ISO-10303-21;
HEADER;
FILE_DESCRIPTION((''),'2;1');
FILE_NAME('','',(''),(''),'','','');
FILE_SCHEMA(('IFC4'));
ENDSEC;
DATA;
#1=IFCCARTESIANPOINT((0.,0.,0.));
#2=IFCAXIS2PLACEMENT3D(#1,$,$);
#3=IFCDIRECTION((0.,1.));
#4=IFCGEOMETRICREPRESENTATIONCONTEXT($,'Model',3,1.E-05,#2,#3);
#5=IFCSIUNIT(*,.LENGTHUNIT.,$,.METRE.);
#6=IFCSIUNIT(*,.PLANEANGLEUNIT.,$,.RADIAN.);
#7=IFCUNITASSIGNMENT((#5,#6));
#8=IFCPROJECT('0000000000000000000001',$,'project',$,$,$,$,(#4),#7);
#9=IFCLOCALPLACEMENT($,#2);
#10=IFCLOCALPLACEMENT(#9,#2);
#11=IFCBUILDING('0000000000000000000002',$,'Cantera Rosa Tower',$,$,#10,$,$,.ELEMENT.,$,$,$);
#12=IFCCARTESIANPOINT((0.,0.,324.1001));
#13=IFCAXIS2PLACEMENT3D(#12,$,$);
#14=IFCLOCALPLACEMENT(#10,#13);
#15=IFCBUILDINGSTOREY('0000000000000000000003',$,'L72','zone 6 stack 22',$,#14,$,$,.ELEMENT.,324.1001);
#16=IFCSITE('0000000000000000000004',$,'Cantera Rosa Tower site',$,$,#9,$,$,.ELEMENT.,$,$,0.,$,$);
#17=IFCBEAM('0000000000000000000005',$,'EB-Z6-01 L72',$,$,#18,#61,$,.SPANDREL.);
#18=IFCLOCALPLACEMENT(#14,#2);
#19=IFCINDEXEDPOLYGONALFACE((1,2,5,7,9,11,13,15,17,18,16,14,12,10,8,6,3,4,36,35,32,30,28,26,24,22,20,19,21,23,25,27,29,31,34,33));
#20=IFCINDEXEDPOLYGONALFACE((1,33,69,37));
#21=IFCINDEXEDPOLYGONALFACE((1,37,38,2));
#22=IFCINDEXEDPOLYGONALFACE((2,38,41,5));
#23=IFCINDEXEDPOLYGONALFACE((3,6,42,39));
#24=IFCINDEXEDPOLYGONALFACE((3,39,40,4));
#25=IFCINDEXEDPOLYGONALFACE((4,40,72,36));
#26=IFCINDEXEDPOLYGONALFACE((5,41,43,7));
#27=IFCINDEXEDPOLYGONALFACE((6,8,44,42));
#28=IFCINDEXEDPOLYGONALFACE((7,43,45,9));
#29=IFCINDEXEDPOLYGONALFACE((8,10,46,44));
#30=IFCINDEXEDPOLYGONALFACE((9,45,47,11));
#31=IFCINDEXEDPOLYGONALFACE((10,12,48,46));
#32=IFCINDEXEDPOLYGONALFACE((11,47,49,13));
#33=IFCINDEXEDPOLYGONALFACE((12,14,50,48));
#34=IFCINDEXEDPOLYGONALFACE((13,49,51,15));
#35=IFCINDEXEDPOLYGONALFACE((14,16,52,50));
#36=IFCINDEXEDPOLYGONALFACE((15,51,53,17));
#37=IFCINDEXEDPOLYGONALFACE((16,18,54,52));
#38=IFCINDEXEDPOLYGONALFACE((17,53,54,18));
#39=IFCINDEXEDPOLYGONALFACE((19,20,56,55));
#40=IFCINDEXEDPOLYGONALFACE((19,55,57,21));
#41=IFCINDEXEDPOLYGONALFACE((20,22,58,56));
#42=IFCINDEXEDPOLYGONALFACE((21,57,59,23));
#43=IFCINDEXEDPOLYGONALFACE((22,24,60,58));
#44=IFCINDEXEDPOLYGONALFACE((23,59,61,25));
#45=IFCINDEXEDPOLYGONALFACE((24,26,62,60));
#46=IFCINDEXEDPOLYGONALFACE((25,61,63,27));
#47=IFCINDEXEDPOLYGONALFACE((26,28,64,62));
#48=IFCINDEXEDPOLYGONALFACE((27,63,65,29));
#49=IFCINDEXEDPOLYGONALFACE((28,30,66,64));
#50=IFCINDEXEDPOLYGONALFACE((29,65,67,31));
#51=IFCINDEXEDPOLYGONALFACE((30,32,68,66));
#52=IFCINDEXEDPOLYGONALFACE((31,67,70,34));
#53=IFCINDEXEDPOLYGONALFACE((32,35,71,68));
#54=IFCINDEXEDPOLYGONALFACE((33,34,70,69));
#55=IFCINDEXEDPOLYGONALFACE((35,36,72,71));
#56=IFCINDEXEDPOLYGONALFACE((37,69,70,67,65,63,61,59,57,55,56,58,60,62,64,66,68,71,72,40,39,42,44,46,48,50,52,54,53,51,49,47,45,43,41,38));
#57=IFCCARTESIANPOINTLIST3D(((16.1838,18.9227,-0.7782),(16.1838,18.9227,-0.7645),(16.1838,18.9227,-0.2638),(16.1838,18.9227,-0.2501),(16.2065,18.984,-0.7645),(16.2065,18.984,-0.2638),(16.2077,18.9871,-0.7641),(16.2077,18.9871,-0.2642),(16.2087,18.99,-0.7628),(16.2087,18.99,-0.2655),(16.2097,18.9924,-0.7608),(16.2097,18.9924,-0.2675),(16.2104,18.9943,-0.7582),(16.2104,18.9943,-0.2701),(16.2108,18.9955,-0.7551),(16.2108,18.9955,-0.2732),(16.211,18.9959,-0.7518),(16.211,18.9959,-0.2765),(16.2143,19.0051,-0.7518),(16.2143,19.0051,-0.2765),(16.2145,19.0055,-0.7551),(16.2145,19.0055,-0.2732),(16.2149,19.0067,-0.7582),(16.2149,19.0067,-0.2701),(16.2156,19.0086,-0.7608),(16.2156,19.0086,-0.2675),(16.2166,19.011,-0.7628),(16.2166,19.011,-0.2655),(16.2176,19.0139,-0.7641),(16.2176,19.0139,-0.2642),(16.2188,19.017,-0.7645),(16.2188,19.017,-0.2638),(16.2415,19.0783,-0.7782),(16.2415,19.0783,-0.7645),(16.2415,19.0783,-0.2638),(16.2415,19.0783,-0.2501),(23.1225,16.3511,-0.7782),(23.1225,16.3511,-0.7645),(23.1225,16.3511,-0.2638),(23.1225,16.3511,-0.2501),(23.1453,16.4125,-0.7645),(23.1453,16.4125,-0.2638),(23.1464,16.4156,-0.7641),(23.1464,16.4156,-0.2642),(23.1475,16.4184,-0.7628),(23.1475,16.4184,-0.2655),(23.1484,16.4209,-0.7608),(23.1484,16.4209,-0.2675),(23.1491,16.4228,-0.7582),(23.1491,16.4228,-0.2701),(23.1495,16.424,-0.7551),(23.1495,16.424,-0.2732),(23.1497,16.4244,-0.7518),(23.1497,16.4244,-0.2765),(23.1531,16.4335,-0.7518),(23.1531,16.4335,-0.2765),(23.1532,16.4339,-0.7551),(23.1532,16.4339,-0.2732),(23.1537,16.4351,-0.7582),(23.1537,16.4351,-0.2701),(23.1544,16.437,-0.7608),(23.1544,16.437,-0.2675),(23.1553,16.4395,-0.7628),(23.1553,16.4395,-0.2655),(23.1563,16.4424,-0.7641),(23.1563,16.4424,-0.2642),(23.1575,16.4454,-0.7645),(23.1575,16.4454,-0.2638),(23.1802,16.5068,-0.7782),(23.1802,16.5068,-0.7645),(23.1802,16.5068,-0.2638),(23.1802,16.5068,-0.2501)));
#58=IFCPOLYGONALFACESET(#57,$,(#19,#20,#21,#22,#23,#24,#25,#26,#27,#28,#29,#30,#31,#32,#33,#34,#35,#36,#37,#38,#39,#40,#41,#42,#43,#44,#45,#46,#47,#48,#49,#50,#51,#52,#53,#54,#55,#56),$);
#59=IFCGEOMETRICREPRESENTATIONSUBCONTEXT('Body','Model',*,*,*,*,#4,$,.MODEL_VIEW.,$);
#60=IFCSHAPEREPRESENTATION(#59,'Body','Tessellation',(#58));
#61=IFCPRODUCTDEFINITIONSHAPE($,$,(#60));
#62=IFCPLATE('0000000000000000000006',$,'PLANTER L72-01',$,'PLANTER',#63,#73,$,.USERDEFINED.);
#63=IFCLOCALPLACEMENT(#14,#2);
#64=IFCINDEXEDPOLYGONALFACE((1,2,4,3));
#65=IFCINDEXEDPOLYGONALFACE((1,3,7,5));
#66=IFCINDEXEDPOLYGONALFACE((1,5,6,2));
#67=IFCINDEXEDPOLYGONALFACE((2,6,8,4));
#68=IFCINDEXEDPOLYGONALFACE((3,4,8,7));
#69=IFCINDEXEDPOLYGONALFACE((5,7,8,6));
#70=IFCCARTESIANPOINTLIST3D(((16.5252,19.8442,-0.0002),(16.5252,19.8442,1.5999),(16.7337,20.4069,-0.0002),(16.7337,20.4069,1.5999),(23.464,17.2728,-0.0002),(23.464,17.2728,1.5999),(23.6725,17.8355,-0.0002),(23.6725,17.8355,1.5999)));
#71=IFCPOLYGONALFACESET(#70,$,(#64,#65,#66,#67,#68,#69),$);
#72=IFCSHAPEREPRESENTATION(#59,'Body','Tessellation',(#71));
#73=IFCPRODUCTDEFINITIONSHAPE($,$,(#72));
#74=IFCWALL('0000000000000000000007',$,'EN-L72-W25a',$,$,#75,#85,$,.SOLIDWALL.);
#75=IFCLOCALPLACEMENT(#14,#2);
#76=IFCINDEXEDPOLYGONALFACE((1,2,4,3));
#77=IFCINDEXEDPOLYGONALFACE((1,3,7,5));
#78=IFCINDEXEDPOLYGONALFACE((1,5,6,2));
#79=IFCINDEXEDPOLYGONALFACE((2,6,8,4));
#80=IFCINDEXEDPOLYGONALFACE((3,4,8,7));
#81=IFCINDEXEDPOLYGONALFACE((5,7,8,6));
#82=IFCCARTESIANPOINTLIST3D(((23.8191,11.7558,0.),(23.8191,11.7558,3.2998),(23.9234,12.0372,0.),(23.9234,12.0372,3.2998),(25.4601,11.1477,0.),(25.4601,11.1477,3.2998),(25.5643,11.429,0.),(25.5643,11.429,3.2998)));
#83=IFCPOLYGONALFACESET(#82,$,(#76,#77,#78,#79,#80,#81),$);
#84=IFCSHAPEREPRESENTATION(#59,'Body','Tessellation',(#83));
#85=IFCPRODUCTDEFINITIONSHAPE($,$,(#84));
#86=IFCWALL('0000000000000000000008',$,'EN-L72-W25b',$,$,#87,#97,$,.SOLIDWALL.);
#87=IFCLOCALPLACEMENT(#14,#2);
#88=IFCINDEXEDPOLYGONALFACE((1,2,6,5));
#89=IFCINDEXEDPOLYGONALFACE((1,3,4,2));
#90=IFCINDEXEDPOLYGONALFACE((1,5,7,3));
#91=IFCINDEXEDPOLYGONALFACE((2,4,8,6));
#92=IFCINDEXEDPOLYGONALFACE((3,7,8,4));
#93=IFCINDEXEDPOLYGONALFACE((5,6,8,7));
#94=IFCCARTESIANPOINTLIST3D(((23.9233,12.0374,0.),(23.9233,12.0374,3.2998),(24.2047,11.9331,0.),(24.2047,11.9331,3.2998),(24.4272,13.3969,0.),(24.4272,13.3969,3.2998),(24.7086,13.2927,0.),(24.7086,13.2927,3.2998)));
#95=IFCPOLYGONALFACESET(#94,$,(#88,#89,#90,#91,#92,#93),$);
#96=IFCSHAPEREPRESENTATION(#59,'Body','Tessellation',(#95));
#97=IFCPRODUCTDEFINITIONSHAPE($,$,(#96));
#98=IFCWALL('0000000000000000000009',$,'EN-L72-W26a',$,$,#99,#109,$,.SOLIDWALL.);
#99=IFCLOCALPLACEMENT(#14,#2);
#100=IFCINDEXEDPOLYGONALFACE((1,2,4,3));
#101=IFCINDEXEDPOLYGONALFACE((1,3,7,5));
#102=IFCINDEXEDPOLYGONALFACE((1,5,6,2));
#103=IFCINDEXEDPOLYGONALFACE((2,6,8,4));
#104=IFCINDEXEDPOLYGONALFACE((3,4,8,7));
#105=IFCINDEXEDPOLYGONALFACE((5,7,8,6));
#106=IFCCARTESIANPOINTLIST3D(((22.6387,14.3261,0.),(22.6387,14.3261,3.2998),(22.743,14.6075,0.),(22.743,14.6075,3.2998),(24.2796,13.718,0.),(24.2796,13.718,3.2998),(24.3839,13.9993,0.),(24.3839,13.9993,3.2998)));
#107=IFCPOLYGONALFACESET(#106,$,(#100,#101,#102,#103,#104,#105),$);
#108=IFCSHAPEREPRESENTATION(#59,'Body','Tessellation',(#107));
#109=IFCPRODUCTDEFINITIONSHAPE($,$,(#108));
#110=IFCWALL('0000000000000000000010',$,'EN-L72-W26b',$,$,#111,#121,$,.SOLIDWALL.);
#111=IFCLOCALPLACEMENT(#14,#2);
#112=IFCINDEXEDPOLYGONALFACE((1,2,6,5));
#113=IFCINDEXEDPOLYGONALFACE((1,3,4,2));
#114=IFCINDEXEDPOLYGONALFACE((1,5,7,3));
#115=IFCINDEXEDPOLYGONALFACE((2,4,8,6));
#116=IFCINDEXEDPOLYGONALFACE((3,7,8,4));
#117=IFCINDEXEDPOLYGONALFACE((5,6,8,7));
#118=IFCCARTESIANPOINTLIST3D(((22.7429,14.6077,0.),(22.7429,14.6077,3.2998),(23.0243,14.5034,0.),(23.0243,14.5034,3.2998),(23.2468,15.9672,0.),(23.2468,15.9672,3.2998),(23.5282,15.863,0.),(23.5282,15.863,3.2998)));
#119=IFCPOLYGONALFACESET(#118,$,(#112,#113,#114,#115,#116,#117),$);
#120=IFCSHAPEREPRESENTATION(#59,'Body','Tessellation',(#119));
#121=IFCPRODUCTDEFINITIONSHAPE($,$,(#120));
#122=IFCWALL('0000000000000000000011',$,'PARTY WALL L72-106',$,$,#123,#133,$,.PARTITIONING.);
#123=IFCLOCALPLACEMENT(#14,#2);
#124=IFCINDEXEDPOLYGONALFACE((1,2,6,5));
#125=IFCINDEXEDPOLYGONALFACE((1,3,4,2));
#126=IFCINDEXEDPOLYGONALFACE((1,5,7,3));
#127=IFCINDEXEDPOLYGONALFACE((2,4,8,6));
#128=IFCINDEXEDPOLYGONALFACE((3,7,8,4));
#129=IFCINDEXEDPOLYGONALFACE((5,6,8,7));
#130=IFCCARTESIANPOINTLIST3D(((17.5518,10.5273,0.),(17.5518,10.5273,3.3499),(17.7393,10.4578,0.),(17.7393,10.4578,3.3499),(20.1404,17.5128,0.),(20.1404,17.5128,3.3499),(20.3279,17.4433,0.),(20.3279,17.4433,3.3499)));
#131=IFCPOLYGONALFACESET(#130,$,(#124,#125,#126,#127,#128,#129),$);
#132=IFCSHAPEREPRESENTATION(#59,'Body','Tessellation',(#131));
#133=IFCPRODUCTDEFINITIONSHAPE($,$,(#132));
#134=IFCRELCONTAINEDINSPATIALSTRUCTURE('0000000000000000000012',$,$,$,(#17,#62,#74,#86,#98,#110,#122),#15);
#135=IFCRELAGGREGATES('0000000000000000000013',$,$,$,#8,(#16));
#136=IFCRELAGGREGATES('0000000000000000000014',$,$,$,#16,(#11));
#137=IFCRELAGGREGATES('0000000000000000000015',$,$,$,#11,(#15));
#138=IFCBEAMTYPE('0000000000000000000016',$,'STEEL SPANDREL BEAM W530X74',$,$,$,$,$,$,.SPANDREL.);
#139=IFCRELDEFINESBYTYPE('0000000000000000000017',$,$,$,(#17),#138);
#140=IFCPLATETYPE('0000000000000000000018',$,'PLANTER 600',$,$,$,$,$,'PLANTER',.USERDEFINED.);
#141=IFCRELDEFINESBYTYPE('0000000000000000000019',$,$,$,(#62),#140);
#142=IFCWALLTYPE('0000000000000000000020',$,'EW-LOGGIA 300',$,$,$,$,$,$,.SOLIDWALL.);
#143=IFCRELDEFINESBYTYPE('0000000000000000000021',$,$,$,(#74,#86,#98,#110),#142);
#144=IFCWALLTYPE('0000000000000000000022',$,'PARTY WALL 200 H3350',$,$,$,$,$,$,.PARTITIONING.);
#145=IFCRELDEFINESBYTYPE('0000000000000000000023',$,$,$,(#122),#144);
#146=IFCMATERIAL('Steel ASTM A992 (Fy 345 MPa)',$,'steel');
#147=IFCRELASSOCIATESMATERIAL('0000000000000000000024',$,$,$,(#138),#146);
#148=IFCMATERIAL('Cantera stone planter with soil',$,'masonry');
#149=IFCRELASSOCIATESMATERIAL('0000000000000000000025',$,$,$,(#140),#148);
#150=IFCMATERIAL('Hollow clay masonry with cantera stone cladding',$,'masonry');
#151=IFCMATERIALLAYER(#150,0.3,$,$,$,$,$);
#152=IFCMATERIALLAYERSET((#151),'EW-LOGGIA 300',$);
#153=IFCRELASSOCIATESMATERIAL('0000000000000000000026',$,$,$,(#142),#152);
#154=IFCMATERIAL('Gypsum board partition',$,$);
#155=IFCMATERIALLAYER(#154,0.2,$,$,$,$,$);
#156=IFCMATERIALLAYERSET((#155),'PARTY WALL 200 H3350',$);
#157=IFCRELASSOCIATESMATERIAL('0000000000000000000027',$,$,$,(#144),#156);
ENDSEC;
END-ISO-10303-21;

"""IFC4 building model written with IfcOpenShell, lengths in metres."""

from ifc_helpers import new_model, si_unit, direction, frame, frame_2d, origin, origin_2d, place, context, subcontext, project, spatial, rectangle, i_section, extrude, material, layer, layer_set, material_profile, profile_set, type_object, element, save


model = new_model("IFC4")

# Units and contexts
model_context = context("Model", 3, precision=1e-05, world=origin(), true_north=direction((0.0, 1.0)))
body_context = subcontext(model_context, "Body", "Model", "MODEL_VIEW")
ifc_project = project(units=[si_unit("LENGTHUNIT", "METRE"), si_unit("PLANEANGLEUNIT", "RADIAN")], contexts=[model_context])

# Site, building, storey
site_placement = place(None, origin())
site = spatial("IfcSite", under=ifc_project, at=site_placement, Name="Cantera Rosa Tower site", CompositionType="ELEMENT", RefElevation=0.0)
building_placement = place(site_placement, origin())
building = spatial("IfcBuilding", under=site, at=building_placement, Name="Cantera Rosa Tower", CompositionType="ELEMENT")
storey_placement = place(building_placement, frame((0.0, 0.0, 324.1001)))
storey = spatial("IfcBuildingStorey", under=building, at=storey_placement, Name="L72", Description="zone 6 stack 22", CompositionType="ELEMENT", Elevation=324.1001)

# Beam
ifc_material_1 = material(Name="Steel ASTM A992 (Fy 345 MPa)", Category="steel")
ifc_material_profile_1 = material_profile(ifc_material_1, i_section(OverallWidth=0.166, OverallDepth=0.5281, WebThickness=0.0098, FlangeThickness=0.0137, FilletRadius=0.0127, at=origin_2d()), Name="W530X74")
ifc_profile_set_1 = profile_set([ifc_material_profile_1], Name="Steel ASTM A992 (Fy 345 MPa)")
beam_type_1 = type_object("IfcBeamType", Name="STEEL SPANDREL BEAM W530X74", PredefinedType="SPANDREL", material=ifc_profile_set_1)
beam_1_placement = place(storey_placement, frame((23.1514, 16.429, -0.5142), z_axis=(-0.937677, 0.347509, 0.0), x_axis=(-0.347509, -0.937677, 0.0)))
element("IfcBeam", 1, at=beam_1_placement, inside=storey, type_object=beam_type_1, Name="EB-Z6-01 L72", PredefinedType="SPANDREL", context=body_context, shape_type="SweptSolid", body=[
    extrude(i_section(OverallWidth=0.166, OverallDepth=0.5281, WebThickness=0.0098, FlangeThickness=0.0137, FilletRadius=0.0127, at=origin_2d()), origin(), (0.0, 0.0, 1.0), 7.3999),
])

# Plate
ifc_material_2 = material(Name="Cantera stone planter with soil", Category="masonry")
plate_type = type_object("IfcPlateType", Name="PLANTER 600", ElementType="PLANTER", PredefinedType="USERDEFINED", material=ifc_material_2)
plate_placement = place(storey_placement, frame((20.0989, 18.8398, -0.0002), z_axis=(0.0, 0.0, 1.0), x_axis=(-0.937687, 0.347481, 0.0)))
element("IfcPlate", 2, at=plate_placement, inside=storey, type_object=plate_type, Name="PLANTER L72-01", ObjectType="PLANTER", PredefinedType="USERDEFINED", context=body_context, shape_type="SweptSolid", body=[
    extrude(rectangle(XDim=7.3999, YDim=0.6001, at=origin_2d()), origin(), (0.0, 0.0, 1.0), 1.6001),
])

# Walls
ifc_material_3 = material(Name="Hollow clay masonry with cantera stone cladding", Category="masonry")
ifc_layer_1 = layer(ifc_material_3, 0.3)
ifc_layer_set_1 = layer_set([ifc_layer_1], Name="EW-LOGGIA 300")
wall_type_1 = type_object("IfcWallType", Name="EW-LOGGIA 300", PredefinedType="SOLIDWALL", material=ifc_layer_set_1)
wall_1_placement = place(storey_placement, frame((25.5122, 11.2883, 0.0), z_axis=(0.0, 0.0, 1.0), x_axis=(-0.93767, 0.347528, 0.0)))
element("IfcWall", 3, at=wall_1_placement, inside=storey, type_object=wall_type_1, Name="EN-L72-W25a", PredefinedType="SOLIDWALL", context=body_context, shape_type="SweptSolid", body=[
    extrude(rectangle(XDim=1.75, YDim=0.3, at=frame_2d((0.875, 0.0))), origin(), (0.0, 0.0, 1.0), 3.2998),
])
wall_2_placement = place(storey_placement, frame((24.064, 11.9851, 0.0), z_axis=(0.0, 0.0, 1.0), x_axis=(0.347523, 0.937672, 0.0)))
element("IfcWall", 4, at=wall_2_placement, inside=storey, type_object=wall_type_1, Name="EN-L72-W25b", PredefinedType="SOLIDWALL", context=body_context, shape_type="SweptSolid", body=[
    extrude(rectangle(XDim=1.45, YDim=0.3, at=frame_2d((0.7251, 0.0))), origin(), (0.0, 0.0, 1.0), 3.2998),
])
wall_3_placement = place(storey_placement, frame((24.3318, 13.8586, 0.0), z_axis=(0.0, 0.0, 1.0), x_axis=(-0.93767, 0.347528, 0.0)))
element("IfcWall", 5, at=wall_3_placement, inside=storey, type_object=wall_type_1, Name="EN-L72-W26a", PredefinedType="SOLIDWALL", context=body_context, shape_type="SweptSolid", body=[
    extrude(rectangle(XDim=1.75, YDim=0.3, at=frame_2d((0.875, 0.0))), origin(), (0.0, 0.0, 1.0), 3.2998),
])
wall_4_placement = place(storey_placement, frame((22.8835, 14.5554, 0.0), z_axis=(0.0, 0.0, 1.0), x_axis=(0.347523, 0.937672, 0.0)))
element("IfcWall", 6, at=wall_4_placement, inside=storey, type_object=wall_type_1, Name="EN-L72-W26b", PredefinedType="SOLIDWALL", context=body_context, shape_type="SweptSolid", body=[
    extrude(rectangle(XDim=1.45, YDim=0.3, at=frame_2d((0.7251, 0.0))), origin(), (0.0, 0.0, 1.0), 3.2998),
])

# Wall
ifc_material_4 = material(Name="Gypsum board partition")
ifc_layer_2 = layer(ifc_material_4, 0.2)
ifc_layer_set_2 = layer_set([ifc_layer_2], Name="PARTY WALL 200 H3350")
wall_type_2 = type_object("IfcWallType", Name="PARTY WALL 200 H3350", PredefinedType="PARTITIONING", material=ifc_layer_set_2)
wall_5_placement = place(storey_placement, frame((20.2341, 17.478, 0.0), z_axis=(0.0, 0.0, 1.0), x_axis=(-0.347476, -0.937689, 0.0)))
element("IfcWall", 7, at=wall_5_placement, inside=storey, type_object=wall_type_2, Name="PARTY WALL L72-106", PredefinedType="PARTITIONING", context=body_context, shape_type="SweptSolid", body=[
    extrude(rectangle(XDim=7.4497, YDim=0.2, at=frame_2d((3.7249, 0.0))), origin(), (0.0, 0.0, 1.0), 3.3499),
])

save(model, "model.ifc")
